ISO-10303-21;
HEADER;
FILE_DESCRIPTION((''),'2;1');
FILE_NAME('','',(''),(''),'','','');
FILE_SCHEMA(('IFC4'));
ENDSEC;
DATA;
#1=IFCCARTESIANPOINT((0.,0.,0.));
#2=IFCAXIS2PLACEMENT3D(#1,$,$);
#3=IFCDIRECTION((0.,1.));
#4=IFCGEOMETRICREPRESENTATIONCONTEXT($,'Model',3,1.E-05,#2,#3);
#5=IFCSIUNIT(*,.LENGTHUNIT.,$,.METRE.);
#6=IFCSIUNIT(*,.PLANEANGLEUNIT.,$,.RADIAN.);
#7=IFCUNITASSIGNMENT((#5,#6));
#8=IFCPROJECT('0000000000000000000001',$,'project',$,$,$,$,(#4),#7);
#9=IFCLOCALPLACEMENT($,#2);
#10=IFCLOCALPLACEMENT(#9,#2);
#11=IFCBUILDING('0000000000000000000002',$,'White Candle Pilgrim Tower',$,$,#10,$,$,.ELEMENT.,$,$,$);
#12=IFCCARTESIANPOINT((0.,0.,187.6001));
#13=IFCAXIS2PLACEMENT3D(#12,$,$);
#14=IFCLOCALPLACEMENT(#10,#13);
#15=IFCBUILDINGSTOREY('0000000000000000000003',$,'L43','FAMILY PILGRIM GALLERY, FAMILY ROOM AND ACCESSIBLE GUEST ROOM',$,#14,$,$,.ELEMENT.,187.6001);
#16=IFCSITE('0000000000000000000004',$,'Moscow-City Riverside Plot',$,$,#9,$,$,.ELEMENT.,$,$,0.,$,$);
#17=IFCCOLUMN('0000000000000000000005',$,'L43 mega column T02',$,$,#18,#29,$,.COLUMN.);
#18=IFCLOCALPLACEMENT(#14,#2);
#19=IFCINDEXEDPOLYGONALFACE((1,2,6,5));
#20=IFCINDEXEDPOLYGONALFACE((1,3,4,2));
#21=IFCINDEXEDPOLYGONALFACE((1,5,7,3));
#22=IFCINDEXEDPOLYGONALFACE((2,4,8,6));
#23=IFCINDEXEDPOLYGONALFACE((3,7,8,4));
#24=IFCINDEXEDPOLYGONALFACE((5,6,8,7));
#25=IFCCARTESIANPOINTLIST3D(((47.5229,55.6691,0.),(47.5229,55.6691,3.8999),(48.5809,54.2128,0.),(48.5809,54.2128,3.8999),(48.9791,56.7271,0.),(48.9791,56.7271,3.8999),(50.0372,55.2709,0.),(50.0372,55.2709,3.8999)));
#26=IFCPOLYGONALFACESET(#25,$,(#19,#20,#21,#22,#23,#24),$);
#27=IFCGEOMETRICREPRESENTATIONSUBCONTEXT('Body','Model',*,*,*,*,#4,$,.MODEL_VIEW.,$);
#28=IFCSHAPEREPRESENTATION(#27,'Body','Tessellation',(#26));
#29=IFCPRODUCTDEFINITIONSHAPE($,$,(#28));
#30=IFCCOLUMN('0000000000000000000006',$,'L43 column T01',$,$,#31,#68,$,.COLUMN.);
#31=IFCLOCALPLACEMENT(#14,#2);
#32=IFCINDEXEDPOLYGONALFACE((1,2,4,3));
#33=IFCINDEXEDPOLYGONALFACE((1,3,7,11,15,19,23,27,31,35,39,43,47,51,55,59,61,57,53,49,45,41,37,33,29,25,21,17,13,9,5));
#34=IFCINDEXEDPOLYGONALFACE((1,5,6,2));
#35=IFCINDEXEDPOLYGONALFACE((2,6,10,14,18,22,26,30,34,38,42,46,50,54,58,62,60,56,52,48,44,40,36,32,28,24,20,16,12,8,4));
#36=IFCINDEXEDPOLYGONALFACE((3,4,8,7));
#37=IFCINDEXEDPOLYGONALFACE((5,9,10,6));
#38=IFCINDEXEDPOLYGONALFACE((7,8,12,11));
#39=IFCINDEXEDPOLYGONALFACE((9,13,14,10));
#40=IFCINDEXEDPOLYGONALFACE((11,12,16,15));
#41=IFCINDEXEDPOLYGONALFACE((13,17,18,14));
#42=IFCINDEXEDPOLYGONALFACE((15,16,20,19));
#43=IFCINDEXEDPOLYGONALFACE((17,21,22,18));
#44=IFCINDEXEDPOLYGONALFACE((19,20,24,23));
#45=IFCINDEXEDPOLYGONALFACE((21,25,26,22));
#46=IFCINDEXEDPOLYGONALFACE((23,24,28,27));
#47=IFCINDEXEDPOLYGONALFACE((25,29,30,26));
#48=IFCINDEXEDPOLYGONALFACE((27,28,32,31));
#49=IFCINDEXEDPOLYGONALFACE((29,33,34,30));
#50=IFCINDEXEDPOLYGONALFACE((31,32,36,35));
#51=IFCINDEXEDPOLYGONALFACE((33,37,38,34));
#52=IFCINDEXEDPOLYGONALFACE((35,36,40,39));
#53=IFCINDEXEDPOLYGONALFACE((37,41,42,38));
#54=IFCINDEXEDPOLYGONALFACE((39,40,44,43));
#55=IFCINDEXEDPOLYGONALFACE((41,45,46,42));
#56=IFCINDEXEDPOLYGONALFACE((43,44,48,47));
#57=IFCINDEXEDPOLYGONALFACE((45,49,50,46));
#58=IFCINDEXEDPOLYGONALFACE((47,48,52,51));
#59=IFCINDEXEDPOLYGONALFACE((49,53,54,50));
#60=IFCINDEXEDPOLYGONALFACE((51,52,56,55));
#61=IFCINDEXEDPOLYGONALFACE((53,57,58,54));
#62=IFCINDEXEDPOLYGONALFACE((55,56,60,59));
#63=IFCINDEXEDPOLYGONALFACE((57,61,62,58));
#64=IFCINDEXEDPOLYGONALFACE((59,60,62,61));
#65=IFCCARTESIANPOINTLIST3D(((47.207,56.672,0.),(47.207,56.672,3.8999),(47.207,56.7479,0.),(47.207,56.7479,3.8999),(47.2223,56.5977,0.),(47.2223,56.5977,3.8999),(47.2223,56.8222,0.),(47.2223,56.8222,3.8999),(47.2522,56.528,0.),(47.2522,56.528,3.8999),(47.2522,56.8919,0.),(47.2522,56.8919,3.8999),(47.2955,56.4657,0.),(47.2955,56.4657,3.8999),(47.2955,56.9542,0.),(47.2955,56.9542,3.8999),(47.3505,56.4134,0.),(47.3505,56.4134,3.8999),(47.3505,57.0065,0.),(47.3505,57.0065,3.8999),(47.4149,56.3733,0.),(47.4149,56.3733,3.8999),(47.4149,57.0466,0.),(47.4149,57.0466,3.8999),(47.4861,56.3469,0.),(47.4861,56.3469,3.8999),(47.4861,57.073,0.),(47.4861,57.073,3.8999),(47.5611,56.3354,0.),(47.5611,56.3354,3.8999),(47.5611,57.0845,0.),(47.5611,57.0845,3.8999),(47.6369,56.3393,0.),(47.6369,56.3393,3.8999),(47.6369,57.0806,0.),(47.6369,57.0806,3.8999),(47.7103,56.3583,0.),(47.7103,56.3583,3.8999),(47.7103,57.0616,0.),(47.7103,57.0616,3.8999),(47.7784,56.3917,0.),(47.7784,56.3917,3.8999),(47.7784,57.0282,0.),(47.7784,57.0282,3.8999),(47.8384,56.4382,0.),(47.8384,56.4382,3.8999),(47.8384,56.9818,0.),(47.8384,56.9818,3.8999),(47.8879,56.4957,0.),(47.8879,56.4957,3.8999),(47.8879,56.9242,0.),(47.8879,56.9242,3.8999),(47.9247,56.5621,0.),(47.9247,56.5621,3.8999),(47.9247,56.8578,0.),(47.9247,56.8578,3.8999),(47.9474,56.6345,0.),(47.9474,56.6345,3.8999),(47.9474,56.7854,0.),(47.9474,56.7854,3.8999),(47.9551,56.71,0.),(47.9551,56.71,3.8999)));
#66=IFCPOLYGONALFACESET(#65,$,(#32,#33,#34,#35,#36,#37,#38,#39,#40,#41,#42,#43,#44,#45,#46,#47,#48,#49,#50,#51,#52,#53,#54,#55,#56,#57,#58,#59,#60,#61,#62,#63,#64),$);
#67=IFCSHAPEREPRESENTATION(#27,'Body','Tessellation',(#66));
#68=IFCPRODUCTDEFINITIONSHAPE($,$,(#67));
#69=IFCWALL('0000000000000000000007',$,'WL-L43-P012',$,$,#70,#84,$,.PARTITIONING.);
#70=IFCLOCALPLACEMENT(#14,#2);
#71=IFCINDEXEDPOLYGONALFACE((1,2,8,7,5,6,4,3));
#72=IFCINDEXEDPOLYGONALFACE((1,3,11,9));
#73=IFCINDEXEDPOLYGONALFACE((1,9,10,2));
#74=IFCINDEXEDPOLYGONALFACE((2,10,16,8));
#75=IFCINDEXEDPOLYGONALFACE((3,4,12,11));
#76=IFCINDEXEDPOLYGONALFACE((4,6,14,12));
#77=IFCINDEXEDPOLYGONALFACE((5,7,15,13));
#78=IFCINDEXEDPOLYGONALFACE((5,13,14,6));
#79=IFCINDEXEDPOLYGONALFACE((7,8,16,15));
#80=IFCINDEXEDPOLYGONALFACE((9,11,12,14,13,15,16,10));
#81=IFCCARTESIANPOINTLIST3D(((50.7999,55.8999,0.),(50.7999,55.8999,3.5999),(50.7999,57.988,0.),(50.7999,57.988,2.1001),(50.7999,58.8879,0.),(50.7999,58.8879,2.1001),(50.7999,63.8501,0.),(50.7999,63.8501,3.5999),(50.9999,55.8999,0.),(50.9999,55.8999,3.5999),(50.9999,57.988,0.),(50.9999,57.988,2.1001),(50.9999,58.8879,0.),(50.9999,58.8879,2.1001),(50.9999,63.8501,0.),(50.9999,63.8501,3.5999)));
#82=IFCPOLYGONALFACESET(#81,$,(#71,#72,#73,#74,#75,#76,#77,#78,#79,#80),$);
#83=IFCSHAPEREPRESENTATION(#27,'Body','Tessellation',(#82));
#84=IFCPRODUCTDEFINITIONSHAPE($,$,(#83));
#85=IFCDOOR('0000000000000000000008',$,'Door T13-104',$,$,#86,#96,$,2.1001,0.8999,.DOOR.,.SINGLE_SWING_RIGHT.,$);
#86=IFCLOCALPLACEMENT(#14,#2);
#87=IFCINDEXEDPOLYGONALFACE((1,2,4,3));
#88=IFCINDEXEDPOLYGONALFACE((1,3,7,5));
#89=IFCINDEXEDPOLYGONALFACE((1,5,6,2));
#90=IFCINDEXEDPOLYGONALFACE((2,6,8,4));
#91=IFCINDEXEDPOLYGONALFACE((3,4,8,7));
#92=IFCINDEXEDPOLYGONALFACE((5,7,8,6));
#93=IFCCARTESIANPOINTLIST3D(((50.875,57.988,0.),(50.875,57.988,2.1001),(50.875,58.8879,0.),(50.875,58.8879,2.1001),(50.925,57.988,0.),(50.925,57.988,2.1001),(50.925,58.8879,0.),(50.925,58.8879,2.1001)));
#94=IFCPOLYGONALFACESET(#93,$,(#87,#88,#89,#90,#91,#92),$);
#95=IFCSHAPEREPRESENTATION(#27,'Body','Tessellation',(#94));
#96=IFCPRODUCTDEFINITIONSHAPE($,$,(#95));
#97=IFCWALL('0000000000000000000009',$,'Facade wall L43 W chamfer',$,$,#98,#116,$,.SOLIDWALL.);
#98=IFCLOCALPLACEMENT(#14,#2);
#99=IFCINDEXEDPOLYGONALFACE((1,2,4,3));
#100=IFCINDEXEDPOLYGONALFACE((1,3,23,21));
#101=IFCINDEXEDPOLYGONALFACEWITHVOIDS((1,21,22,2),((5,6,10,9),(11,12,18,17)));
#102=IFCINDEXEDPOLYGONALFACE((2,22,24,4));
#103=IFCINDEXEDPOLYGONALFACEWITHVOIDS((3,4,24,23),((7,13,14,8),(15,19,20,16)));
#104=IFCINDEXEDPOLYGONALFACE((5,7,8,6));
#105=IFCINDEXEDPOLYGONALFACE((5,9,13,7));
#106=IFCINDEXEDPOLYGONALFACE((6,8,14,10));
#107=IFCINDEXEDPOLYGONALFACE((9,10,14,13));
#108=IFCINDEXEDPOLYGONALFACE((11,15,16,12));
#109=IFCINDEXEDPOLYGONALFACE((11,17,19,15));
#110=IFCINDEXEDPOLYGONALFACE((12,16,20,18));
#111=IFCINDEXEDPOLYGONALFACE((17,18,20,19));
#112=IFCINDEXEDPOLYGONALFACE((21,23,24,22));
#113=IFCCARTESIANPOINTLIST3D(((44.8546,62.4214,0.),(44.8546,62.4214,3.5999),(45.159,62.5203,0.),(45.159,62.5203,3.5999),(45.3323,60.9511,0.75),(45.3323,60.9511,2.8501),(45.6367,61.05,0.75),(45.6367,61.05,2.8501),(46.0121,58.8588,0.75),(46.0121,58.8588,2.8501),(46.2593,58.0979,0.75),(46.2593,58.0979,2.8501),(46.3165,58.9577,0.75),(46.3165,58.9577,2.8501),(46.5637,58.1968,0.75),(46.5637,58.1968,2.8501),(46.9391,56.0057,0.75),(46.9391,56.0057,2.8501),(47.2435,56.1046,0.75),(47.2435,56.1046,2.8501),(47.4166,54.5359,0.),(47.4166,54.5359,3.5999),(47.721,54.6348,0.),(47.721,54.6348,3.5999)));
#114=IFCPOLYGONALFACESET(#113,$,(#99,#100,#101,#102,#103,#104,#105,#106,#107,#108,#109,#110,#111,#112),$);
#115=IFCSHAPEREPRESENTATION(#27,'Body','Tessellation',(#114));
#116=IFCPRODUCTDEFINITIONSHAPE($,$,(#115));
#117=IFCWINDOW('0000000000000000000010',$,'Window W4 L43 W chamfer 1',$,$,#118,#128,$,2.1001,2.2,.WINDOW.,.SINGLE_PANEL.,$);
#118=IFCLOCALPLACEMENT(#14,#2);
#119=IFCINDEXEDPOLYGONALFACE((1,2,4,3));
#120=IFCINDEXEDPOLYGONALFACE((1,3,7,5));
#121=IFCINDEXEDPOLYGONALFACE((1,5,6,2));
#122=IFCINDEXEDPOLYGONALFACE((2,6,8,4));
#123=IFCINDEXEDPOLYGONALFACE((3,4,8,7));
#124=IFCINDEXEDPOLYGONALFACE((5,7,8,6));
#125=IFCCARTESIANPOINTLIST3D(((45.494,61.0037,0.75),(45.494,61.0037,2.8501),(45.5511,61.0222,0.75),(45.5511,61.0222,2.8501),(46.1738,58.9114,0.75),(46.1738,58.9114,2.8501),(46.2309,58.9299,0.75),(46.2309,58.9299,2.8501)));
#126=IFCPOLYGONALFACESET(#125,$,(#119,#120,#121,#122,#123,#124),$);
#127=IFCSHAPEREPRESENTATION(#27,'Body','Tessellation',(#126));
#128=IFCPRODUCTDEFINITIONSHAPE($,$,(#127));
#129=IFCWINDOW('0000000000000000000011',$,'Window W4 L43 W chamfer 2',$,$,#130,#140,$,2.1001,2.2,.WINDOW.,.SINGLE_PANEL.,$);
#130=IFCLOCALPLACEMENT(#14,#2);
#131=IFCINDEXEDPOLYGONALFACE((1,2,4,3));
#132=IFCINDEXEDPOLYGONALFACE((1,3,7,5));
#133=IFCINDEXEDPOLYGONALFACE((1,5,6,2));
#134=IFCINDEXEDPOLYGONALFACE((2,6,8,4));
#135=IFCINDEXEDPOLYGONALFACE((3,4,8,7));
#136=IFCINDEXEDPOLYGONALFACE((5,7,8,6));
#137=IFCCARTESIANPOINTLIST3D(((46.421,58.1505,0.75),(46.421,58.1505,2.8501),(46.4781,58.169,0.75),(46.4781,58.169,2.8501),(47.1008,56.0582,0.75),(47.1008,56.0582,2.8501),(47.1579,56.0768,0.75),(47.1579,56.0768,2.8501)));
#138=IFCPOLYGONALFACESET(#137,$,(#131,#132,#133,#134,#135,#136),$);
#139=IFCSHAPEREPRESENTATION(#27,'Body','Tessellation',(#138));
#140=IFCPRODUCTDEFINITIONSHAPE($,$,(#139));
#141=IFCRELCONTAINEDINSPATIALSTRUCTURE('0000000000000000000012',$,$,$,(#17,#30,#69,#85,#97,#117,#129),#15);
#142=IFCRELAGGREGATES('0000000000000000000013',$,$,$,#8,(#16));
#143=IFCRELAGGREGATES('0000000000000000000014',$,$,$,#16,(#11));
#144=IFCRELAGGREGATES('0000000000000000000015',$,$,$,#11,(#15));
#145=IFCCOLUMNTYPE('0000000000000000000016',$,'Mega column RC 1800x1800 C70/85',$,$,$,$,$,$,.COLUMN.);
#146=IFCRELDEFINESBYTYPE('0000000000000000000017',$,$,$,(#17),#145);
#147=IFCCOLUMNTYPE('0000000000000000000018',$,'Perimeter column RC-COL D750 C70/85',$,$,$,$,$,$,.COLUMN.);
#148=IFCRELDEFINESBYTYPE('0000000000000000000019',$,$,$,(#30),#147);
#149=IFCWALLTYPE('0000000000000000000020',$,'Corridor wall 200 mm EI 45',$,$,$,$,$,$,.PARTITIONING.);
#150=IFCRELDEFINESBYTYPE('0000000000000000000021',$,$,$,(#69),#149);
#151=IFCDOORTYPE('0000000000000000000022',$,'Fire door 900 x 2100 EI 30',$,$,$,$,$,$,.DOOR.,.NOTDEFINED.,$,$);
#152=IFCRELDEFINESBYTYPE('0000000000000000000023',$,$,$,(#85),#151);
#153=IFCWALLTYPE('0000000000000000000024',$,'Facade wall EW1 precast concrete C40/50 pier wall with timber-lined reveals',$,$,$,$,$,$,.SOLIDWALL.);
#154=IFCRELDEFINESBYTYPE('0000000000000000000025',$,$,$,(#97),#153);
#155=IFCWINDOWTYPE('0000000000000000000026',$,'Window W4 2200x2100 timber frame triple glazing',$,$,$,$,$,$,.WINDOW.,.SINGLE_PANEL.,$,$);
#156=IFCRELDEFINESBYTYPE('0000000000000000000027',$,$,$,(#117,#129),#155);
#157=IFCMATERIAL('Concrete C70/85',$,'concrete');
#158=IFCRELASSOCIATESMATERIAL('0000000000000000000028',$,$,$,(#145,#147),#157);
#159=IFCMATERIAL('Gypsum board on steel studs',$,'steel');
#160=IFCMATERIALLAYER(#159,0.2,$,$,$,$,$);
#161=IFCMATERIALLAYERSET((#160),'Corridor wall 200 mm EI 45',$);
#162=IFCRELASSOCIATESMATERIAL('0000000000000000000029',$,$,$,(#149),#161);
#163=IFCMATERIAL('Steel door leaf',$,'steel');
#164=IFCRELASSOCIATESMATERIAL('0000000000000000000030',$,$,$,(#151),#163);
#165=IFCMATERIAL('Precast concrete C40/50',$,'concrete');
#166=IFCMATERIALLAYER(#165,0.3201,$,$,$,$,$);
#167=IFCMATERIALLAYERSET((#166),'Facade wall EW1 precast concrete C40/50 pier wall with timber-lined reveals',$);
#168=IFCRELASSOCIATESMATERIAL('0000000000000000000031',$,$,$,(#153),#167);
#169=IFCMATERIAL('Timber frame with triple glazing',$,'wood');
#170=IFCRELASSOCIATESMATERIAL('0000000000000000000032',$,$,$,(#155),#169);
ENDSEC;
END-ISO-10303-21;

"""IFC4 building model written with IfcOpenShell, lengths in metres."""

from ifc_helpers import new_model, si_unit, direction, frame, frame_2d, origin, origin_2d, place, context, subcontext, project, spatial, rectangle, circle, extrude, material, layer, layer_set, material_profile, profile_set, type_object, element, fill, save


model = new_model("IFC4")

# Units and contexts
model_context = context("Model", 3, precision=1e-05, world=origin(), true_north=direction((0.0, 1.0)))
body_context = subcontext(model_context, "Body", "Model", "MODEL_VIEW")
ifc_project = project(units=[si_unit("LENGTHUNIT", "METRE"), si_unit("PLANEANGLEUNIT", "RADIAN")], contexts=[model_context])

# Site, building, storey
site_placement = place(None, origin())
site = spatial("IfcSite", under=ifc_project, at=site_placement, Name="Moscow-City Riverside Plot", CompositionType="ELEMENT", RefElevation=0.0)
building_placement = place(site_placement, origin())
building = spatial("IfcBuilding", under=site, at=building_placement, Name="White Candle Pilgrim Tower", CompositionType="ELEMENT")
storey_placement = place(building_placement, frame((0.0, 0.0, 187.6001)))
storey = spatial("IfcBuildingStorey", under=building, at=storey_placement, Name="L43", Description="FAMILY PILGRIM GALLERY, FAMILY ROOM AND ACCESSIBLE GUEST ROOM", CompositionType="ELEMENT", Elevation=187.6001)

# Columns
ifc_material_1 = material(Name="Concrete C70/85", Category="concrete")
ifc_material_profile_1 = material_profile(ifc_material_1, rectangle(XDim=1.8, YDim=1.8, at=origin_2d()), Name="RC 1800x1800")
ifc_profile_set_1 = profile_set([ifc_material_profile_1], Name="Concrete C70/85")
column_type_1 = type_object("IfcColumnType", Name="Mega column RC 1800x1800 C70/85", PredefinedType="COLUMN", material=ifc_profile_set_1)
column_1_placement = place(storey_placement, frame((48.78, 55.47, 0.0), z_axis=(0.0, 0.0, 1.0), x_axis=(-0.809017, -0.587785, 0.0)))
element("IfcColumn", 1, at=column_1_placement, inside=storey, type_object=column_type_1, Name="L43 mega column T02", PredefinedType="COLUMN", context=body_context, shape_type="SweptSolid", body=[
    extrude(rectangle(XDim=1.8, YDim=1.8, at=origin_2d()), origin(), (0.0, 0.0, 1.0), 3.8999),
])
ifc_material_profile_2 = material_profile(ifc_material_1, circle(Radius=0.375, at=origin_2d()), Name="RC-COL D750")
ifc_profile_set_2 = profile_set([ifc_material_profile_2], Name="Concrete C70/85")
column_type_2 = type_object("IfcColumnType", Name="Perimeter column RC-COL D750 C70/85", PredefinedType="COLUMN", material=ifc_profile_set_2)
column_2_placement = place(storey_placement, frame((47.5801, 56.71, 0.0), z_axis=(0.0, 0.0, 1.0), x_axis=(1.0, 0.0, 0.0)))
element("IfcColumn", 2, at=column_2_placement, inside=storey, type_object=column_type_2, Name="L43 column T01", PredefinedType="COLUMN", context=body_context, shape_type="SweptSolid", body=[
    extrude(circle(Radius=0.375, at=origin_2d()), origin(), (0.0, 0.0, 1.0), 3.8999),
])

# Wall, opening, door
ifc_material_2 = material(Name="Gypsum board on steel studs", Category="steel")
ifc_layer_1 = layer(ifc_material_2, 0.2)
ifc_layer_set_1 = layer_set([ifc_layer_1], Name="Corridor wall 200 mm EI 45")
wall_type_1 = type_object("IfcWallType", Name="Corridor wall 200 mm EI 45", PredefinedType="PARTITIONING", material=ifc_layer_set_1)
wall_1_placement = place(storey_placement, frame((50.8999, 55.8999, 0.0), z_axis=(0.0, 0.0, 1.0), x_axis=(0.0, 1.0, 0.0)))
wall_1 = element("IfcWall", 3, at=wall_1_placement, inside=storey, type_object=wall_type_1, Name="WL-L43-P012", PredefinedType="PARTITIONING", context=body_context, shape_type="SweptSolid", body=[
    extrude(rectangle(XDim=7.9502, YDim=0.2, at=frame_2d((3.9751, 0.0))), origin(), (0.0, 0.0, 1.0), 3.5999),
])
opening_1_placement = place(wall_1_placement, frame((2.0881, 0.0, 0.0)))
opening_1 = element("IfcOpeningElement", 4, at=opening_1_placement, cuts=wall_1, PredefinedType="OPENING", context=body_context, shape_type="SweptSolid", body=[
    extrude(rectangle(XDim=0.8999, YDim=2.1001, at=frame_2d((0.45, 1.05))), frame((0.0, 0.1099, 0.0), z_axis=(0.0, -1.0, 0.0), x_axis=(1.0, 0.0, 0.0)), (0.0, 0.0, 1.0), 0.22),
])
ifc_material_3 = material(Name="Steel door leaf", Category="steel")
door_type_1 = type_object("IfcDoorType", Name="Fire door 900 x 2100 EI 30", OperationType="NOTDEFINED", PredefinedType="DOOR", material=ifc_material_3)
door_1_placement = place(opening_1_placement, origin())
door_1 = element("IfcDoor", 5, at=door_1_placement, inside=storey, type_object=door_type_1, Name="Door T13-104", OperationType="SINGLE_SWING_RIGHT", OverallHeight=2.1001, OverallWidth=0.8999, PredefinedType="DOOR", context=body_context, shape_type="SweptSolid", body=[
    extrude(rectangle(XDim=0.8999, YDim=2.1001, at=frame_2d((0.45, 1.05))), frame((0.0, 0.0249, 0.0), z_axis=(0.0, -1.0, 0.0), x_axis=(1.0, 0.0, 0.0)), (0.0, 0.0, 1.0), 0.05),
])
fill(opening_1, door_1)

# Wall, openings, windows
ifc_material_4 = material(Name="Precast concrete C40/50", Category="concrete")
ifc_layer_2 = layer(ifc_material_4, 0.3201)
ifc_layer_set_2 = layer_set([ifc_layer_2], Name="Facade wall EW1 precast concrete C40/50 pier wall with timber-lined reveals")
wall_type_2 = type_object("IfcWallType", Name="Facade wall EW1 precast concrete C40/50 pier wall with timber-lined reveals", PredefinedType="SOLIDWALL", material=ifc_layer_set_2)
wall_2_placement = place(storey_placement, frame((45.0068, 62.4707, 0.0), z_axis=(0.0, 0.0, 1.0), x_axis=(0.309002, -0.951062, 0.0)))
wall_2 = element("IfcWall", 6, at=wall_2_placement, inside=storey, type_object=wall_type_2, Name="Facade wall L43 W chamfer", PredefinedType="SOLIDWALL", context=body_context, shape_type="SweptSolid", body=[
    extrude(rectangle(XDim=8.2913, YDim=0.3201, at=frame_2d((4.1455, 0.0))), origin(), (0.0, 0.0, 1.0), 3.5999),
])
opening_2_placement = place(wall_2_placement, frame((1.5457, 0.0, 0.75)))
opening_2 = element("IfcOpeningElement", 7, at=opening_2_placement, cuts=wall_2, PredefinedType="OPENING", context=body_context, shape_type="SweptSolid", body=[
    extrude(rectangle(XDim=2.2, YDim=2.1001, at=frame_2d((1.1001, 1.05))), frame((0.0, 0.1699, 0.0), z_axis=(0.0, -1.0, 0.0), x_axis=(1.0, 0.0, 0.0)), (0.0, 0.0, 1.0), 0.3401),
])
opening_3_placement = place(wall_2_placement, frame((4.5457, 0.0, 0.75)))
opening_3 = element("IfcOpeningElement", 8, at=opening_3_placement, cuts=wall_2, PredefinedType="OPENING", context=body_context, shape_type="SweptSolid", body=[
    extrude(rectangle(XDim=2.2, YDim=2.1001, at=frame_2d((1.1001, 1.05))), frame((0.0, 0.1699, 0.0), z_axis=(0.0, -1.0, 0.0), x_axis=(1.0, 0.0, 0.0)), (0.0, 0.0, 1.0), 0.3401),
])
ifc_material_5 = material(Name="Timber frame with triple glazing", Category="wood")
window_type = type_object("IfcWindowType", Name="Window W4 2200x2100 timber frame triple glazing", PartitioningType="SINGLE_PANEL", PredefinedType="WINDOW", material=ifc_material_5)
window_1_placement = place(opening_2_placement, origin())
window_1 = element("IfcWindow", 9, at=window_1_placement, inside=storey, type_object=window_type, Name="Window W4 L43 W chamfer 1", OverallHeight=2.1001, OverallWidth=2.2, PartitioningType="SINGLE_PANEL", PredefinedType="WINDOW", context=body_context, shape_type="SweptSolid", body=[
    extrude(rectangle(XDim=2.2, YDim=2.1001, at=frame_2d((1.1001, 1.05))), frame((0.0, 0.0701, 0.0), z_axis=(0.0, -1.0, 0.0), x_axis=(1.0, 0.0, 0.0)), (0.0, 0.0, 1.0), 0.0601),
])
fill(opening_2, window_1)
window_2_placement = place(opening_3_placement, origin())
window_2 = element("IfcWindow", 10, at=window_2_placement, inside=storey, type_object=window_type, Name="Window W4 L43 W chamfer 2", OverallHeight=2.1001, OverallWidth=2.2, PartitioningType="SINGLE_PANEL", PredefinedType="WINDOW", context=body_context, shape_type="SweptSolid", body=[
    extrude(rectangle(XDim=2.2, YDim=2.1001, at=frame_2d((1.1001, 1.05))), frame((0.0, 0.0701, 0.0), z_axis=(0.0, -1.0, 0.0), x_axis=(1.0, 0.0, 0.0)), (0.0, 0.0, 1.0), 0.0601),
])
fill(opening_3, window_2)

save(model, "model.ifc")
